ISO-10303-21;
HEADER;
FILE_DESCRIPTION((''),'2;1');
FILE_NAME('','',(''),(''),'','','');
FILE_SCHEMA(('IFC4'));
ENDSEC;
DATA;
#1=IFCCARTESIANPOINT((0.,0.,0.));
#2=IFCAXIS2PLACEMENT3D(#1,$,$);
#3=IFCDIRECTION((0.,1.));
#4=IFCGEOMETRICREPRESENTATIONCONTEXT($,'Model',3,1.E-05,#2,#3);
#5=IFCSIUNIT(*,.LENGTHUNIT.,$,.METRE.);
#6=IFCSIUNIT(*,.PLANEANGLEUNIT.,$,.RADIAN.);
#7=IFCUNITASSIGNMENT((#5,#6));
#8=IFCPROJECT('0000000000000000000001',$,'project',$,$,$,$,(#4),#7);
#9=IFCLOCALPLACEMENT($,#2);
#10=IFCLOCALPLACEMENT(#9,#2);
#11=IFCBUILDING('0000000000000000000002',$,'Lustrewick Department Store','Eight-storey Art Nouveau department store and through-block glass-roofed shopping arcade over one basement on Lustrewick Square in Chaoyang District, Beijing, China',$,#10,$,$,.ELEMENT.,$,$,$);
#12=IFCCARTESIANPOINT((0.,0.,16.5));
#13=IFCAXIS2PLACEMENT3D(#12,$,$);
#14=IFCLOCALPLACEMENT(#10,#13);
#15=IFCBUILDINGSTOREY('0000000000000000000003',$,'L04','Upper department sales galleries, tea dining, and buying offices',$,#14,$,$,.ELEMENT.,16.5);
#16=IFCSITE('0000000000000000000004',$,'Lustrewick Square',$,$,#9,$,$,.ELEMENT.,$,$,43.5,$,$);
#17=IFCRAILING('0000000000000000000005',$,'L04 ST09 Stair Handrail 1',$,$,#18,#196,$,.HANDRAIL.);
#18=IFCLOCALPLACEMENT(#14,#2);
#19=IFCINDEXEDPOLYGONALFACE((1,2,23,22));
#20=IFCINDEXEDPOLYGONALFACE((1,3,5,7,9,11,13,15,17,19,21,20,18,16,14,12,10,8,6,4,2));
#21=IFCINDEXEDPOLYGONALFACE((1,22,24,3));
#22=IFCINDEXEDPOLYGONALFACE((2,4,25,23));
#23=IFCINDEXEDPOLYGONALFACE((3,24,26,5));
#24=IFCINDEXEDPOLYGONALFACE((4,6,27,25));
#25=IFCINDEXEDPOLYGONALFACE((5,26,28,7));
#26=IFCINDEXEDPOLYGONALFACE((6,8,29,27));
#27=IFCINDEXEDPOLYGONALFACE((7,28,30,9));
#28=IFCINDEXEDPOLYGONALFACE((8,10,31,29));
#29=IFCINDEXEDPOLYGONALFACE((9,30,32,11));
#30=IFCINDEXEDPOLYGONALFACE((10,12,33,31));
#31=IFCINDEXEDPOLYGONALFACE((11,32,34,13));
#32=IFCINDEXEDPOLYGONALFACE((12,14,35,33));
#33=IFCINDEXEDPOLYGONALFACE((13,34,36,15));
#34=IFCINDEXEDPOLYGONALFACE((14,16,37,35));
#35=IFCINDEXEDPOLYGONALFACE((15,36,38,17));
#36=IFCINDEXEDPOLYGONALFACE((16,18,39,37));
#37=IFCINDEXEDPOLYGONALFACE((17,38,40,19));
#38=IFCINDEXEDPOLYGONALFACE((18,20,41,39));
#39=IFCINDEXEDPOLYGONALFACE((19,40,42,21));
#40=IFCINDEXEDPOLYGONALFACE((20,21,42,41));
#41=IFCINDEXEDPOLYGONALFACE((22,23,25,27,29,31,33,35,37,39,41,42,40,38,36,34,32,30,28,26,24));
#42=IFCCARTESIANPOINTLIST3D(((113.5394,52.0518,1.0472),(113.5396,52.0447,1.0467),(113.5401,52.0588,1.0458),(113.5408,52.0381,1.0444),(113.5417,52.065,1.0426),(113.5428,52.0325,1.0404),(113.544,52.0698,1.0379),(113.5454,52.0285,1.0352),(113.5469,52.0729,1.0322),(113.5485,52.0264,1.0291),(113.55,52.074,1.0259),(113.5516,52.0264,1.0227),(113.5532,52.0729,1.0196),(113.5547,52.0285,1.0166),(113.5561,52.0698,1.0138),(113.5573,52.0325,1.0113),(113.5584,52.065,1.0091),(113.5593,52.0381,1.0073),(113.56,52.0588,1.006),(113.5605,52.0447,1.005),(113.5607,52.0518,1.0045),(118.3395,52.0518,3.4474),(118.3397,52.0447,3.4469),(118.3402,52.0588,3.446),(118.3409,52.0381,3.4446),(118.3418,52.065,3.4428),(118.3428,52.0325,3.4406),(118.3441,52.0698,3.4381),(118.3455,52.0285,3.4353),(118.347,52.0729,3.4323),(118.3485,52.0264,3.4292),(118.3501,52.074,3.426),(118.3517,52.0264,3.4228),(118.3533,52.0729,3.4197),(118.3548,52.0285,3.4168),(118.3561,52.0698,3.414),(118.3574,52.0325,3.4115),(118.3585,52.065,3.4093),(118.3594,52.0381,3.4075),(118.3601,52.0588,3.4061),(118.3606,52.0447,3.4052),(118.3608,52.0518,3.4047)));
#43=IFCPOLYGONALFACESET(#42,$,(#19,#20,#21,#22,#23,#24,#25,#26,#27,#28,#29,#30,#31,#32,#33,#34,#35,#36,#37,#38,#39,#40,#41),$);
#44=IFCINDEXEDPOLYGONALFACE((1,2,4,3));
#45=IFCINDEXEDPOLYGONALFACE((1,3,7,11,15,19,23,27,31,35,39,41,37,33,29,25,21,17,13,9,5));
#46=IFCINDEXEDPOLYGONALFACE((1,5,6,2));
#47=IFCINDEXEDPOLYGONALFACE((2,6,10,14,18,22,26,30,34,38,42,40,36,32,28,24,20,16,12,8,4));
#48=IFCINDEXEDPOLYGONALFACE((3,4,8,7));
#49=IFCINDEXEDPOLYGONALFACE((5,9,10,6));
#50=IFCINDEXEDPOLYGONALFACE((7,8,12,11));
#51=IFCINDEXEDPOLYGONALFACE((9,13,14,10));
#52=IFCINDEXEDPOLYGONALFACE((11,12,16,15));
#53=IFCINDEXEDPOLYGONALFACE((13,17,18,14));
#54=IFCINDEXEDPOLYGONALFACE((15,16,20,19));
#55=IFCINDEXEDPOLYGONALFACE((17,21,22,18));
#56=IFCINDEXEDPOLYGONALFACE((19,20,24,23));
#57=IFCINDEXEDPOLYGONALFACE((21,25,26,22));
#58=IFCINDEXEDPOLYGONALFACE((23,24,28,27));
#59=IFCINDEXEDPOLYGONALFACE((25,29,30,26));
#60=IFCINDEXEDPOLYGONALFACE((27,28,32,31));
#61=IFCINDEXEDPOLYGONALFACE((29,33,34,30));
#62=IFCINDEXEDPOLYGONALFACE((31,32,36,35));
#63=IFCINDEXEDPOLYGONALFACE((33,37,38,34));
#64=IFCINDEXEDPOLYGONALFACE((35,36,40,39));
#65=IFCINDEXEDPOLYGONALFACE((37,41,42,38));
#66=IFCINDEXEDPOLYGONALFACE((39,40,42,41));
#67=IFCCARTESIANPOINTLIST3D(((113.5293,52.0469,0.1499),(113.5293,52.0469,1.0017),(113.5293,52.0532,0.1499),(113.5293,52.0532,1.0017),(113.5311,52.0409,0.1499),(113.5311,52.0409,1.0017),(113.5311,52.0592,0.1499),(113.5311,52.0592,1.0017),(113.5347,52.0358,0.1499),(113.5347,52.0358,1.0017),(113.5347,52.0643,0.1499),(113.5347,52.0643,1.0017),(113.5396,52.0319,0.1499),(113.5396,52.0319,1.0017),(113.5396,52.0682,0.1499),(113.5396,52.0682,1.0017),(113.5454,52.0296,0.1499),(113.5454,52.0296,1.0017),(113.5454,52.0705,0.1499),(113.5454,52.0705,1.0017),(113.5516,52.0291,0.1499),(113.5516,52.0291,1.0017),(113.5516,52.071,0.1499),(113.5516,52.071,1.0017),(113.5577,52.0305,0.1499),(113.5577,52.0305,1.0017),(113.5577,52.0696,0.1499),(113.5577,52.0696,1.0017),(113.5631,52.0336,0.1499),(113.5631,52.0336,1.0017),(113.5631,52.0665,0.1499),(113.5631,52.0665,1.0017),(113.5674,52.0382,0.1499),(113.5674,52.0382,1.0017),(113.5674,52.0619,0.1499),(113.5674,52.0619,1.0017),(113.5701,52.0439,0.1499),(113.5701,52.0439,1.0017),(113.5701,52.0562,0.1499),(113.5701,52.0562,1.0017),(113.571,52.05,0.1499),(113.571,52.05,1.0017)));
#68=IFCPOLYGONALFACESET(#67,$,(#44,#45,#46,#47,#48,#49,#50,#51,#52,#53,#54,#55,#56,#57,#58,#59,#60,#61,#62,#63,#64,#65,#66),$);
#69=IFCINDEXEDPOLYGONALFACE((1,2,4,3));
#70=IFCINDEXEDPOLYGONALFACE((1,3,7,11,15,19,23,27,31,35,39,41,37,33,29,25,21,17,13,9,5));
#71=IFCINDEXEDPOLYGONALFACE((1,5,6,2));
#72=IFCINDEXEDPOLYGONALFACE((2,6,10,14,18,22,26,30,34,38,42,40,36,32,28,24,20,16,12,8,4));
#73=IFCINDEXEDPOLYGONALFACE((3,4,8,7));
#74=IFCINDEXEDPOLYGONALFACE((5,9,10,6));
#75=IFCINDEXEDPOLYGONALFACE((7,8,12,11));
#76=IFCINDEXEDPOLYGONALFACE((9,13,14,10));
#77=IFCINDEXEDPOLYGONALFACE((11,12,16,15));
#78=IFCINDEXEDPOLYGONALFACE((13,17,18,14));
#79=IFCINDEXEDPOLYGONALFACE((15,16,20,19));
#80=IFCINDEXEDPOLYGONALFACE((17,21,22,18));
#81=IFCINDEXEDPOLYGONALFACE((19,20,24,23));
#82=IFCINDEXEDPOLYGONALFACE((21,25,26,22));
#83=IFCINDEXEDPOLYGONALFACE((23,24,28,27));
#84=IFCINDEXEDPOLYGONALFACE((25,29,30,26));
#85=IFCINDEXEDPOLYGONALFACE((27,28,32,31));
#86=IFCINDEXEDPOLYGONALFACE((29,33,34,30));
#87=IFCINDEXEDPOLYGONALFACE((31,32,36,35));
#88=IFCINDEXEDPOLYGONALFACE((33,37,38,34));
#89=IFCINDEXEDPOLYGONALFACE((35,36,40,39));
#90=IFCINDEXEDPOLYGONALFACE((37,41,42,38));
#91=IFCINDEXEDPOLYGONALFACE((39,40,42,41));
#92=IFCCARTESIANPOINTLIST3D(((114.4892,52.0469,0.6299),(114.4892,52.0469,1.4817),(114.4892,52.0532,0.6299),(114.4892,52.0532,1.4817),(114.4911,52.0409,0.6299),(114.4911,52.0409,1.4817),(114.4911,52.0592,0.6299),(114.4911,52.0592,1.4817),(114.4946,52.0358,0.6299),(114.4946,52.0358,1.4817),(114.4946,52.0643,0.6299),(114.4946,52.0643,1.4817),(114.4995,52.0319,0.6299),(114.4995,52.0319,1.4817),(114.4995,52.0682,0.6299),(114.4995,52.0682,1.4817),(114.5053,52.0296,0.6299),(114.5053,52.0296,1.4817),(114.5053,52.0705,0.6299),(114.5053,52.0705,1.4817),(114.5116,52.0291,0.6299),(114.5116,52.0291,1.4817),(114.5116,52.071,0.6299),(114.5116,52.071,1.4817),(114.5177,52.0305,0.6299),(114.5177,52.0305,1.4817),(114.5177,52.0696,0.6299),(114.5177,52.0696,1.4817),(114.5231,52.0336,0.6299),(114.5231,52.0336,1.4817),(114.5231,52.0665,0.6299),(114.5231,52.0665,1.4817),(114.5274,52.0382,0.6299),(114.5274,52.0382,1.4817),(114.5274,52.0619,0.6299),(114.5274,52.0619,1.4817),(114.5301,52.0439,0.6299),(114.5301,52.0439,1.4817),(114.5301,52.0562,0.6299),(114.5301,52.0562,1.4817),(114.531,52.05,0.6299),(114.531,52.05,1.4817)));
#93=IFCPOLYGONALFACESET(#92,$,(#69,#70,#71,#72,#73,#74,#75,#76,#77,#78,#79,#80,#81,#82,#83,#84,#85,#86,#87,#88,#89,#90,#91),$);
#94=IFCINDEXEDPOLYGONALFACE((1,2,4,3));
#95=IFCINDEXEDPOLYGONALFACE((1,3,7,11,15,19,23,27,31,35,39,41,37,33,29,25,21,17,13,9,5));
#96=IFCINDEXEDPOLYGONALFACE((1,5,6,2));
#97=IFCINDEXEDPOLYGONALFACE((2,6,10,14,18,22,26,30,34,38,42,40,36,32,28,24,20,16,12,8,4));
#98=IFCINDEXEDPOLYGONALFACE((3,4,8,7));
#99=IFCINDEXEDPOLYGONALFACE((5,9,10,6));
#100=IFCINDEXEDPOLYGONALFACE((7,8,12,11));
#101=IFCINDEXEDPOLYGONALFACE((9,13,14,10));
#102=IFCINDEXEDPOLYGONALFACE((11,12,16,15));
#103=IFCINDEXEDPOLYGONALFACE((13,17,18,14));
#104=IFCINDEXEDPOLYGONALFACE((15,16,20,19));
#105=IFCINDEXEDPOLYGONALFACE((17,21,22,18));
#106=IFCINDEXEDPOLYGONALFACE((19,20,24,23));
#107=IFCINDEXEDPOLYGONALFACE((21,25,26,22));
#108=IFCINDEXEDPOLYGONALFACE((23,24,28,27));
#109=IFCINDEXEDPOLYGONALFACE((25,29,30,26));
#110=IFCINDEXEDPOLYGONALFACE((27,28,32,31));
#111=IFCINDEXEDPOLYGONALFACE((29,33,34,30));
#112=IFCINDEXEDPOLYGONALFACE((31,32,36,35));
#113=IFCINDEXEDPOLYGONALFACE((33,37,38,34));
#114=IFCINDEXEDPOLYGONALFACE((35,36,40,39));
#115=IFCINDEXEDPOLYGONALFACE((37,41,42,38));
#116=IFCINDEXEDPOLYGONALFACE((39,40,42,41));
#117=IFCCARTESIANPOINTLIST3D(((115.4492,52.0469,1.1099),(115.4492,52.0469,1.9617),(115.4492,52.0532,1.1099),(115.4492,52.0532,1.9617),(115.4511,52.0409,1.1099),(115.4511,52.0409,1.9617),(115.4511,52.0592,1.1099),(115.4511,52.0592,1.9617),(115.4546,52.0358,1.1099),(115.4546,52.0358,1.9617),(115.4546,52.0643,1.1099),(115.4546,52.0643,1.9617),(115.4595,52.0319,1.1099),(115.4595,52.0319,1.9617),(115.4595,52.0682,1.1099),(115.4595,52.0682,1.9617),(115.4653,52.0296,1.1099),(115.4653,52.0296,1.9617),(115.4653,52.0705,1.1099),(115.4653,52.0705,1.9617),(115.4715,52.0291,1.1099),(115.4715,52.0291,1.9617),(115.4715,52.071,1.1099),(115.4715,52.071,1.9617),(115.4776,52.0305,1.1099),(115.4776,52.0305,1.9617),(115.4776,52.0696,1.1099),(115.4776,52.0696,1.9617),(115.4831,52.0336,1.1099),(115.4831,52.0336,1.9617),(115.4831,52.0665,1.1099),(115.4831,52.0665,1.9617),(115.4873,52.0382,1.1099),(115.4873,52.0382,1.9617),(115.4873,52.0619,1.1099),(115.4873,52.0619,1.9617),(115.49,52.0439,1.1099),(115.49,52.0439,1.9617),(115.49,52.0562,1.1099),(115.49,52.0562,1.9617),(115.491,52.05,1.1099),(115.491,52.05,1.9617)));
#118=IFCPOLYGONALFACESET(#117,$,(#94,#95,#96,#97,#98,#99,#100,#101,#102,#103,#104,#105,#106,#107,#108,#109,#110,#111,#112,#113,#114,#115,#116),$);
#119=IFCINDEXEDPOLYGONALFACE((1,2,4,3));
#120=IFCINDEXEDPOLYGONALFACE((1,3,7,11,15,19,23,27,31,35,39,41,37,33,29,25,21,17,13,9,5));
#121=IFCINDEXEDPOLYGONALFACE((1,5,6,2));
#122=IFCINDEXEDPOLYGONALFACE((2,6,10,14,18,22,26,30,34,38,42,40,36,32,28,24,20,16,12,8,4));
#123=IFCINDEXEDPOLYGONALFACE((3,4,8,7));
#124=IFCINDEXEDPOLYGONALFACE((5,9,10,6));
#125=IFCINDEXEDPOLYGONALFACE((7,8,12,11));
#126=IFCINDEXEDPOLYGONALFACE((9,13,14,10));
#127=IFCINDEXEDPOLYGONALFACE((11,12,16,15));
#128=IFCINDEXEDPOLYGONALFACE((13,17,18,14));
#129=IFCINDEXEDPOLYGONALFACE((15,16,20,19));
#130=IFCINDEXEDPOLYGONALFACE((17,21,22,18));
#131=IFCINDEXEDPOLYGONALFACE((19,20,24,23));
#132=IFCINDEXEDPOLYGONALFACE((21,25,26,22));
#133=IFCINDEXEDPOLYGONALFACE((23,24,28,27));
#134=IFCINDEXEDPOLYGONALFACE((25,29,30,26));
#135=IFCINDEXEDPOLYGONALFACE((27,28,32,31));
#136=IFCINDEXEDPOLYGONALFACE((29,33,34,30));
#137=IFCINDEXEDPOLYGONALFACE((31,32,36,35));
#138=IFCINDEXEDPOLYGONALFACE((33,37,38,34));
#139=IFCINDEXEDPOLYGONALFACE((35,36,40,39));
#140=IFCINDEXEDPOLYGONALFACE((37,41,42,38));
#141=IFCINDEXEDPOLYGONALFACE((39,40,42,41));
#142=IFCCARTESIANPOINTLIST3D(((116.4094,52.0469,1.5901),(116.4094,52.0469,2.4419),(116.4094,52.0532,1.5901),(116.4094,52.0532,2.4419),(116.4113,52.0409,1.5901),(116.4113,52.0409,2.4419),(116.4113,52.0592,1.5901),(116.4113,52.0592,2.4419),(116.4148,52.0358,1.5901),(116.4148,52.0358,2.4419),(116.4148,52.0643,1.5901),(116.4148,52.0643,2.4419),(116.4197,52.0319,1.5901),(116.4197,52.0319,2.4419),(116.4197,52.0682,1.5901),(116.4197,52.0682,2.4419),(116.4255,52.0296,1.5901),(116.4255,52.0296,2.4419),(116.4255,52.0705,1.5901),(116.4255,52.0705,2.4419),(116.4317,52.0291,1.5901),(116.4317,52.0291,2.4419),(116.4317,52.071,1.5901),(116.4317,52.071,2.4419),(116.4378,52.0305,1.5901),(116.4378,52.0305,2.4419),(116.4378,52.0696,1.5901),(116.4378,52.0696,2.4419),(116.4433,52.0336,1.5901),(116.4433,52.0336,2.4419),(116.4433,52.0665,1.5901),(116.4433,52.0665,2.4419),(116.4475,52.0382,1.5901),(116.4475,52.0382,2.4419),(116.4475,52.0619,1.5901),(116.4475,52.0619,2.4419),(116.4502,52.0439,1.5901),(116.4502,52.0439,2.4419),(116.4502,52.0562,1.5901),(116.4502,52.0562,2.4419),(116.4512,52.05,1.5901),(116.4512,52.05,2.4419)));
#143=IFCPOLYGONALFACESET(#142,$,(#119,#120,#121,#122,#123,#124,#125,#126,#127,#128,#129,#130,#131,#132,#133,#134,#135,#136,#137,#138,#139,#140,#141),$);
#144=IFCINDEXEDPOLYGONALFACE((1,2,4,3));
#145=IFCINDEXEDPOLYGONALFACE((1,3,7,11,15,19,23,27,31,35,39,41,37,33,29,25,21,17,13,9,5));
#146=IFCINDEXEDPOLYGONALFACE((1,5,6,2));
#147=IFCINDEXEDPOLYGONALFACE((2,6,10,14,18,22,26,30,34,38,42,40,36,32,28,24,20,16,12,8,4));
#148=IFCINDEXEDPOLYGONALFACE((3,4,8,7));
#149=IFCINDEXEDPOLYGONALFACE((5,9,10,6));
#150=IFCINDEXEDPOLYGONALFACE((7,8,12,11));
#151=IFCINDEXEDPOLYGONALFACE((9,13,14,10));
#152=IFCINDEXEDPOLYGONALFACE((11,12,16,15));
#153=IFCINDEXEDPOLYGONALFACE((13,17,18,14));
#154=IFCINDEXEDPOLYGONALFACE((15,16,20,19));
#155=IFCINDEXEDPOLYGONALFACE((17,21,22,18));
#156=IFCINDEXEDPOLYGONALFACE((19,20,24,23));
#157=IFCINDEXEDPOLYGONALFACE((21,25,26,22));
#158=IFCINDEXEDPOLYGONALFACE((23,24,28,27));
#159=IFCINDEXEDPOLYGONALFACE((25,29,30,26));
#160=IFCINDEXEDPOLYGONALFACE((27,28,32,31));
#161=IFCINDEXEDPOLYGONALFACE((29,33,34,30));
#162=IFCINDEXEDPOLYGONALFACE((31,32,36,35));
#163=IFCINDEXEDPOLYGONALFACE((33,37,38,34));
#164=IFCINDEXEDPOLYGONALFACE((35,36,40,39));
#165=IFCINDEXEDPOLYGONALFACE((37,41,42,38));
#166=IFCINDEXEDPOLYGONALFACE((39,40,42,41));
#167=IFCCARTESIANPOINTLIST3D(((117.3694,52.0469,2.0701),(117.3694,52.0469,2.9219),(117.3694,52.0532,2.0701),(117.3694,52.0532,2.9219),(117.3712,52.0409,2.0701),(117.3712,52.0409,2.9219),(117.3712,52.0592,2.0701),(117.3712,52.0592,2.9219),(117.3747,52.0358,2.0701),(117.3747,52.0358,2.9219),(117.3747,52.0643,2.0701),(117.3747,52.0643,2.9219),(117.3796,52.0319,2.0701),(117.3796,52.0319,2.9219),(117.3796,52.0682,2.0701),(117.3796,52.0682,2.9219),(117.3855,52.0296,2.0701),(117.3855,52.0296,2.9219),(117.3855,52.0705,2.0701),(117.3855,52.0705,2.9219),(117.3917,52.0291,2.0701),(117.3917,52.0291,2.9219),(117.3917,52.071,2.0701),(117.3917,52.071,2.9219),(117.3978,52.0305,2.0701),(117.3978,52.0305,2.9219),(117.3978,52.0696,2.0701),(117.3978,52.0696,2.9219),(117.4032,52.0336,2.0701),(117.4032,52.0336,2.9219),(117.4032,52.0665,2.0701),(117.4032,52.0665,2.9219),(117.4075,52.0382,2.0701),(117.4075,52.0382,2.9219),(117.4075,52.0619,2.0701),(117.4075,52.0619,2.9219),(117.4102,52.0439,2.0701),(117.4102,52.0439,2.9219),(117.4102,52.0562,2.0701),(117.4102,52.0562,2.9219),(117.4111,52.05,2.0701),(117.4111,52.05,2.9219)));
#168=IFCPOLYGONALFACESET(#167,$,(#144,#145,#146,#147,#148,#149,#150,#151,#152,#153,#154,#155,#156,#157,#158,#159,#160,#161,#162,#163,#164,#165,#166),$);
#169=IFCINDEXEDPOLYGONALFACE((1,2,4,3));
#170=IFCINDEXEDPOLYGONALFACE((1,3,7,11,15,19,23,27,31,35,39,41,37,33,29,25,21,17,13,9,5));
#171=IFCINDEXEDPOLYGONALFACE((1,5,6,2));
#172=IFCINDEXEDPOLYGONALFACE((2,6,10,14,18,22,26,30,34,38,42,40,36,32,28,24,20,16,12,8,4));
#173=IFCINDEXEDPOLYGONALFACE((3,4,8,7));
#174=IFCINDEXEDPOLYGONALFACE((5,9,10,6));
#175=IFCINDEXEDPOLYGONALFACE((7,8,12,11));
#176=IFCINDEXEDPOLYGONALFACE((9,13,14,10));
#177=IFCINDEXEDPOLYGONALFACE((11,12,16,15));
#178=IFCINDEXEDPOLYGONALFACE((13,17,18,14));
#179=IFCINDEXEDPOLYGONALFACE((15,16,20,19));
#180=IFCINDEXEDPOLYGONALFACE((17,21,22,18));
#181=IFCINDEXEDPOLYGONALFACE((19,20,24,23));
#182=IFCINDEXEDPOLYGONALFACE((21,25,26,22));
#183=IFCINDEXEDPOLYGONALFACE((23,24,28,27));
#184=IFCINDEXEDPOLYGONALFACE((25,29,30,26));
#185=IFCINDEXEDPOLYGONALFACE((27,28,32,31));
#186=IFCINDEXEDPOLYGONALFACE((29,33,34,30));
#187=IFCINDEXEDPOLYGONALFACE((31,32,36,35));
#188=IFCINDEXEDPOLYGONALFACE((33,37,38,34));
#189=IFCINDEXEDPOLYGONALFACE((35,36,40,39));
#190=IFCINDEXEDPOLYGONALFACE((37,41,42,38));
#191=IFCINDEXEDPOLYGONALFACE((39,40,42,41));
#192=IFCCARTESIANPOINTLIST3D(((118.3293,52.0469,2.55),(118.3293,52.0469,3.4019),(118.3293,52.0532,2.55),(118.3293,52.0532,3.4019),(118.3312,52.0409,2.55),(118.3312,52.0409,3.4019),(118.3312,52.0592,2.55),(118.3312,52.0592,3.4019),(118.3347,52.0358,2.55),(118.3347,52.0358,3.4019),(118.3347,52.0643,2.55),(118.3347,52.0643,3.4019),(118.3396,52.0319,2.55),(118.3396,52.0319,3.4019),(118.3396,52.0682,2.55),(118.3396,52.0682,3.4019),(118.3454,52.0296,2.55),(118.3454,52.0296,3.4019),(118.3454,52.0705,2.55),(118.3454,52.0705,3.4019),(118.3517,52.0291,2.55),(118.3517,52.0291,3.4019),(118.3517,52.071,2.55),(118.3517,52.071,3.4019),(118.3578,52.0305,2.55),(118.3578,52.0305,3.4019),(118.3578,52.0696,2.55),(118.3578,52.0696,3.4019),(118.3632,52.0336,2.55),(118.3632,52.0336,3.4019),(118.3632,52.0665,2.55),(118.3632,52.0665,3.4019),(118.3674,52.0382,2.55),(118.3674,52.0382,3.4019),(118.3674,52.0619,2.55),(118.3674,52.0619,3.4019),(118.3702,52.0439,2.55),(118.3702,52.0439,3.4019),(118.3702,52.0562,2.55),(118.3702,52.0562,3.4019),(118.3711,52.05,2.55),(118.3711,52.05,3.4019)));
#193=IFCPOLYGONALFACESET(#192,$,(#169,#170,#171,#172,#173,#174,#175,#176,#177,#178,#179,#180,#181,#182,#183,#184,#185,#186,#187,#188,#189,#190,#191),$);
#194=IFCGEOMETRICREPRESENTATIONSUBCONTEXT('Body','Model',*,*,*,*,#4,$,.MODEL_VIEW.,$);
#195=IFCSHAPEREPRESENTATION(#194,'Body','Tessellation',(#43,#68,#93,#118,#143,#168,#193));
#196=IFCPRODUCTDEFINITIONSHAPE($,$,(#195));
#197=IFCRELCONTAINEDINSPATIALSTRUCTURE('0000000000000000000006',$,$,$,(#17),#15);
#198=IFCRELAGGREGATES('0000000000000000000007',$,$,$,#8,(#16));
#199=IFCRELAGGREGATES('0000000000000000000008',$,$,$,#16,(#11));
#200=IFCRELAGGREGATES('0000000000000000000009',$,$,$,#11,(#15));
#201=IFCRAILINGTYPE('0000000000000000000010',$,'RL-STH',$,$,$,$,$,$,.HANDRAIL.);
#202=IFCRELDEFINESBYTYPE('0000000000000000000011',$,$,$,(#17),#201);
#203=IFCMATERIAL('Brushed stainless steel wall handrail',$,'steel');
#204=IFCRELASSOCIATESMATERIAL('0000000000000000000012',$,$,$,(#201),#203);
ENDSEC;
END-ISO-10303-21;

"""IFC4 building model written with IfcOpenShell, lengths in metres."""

from ifc_helpers import new_model, si_unit, direction, frame, origin, origin_2d, place, context, subcontext, project, spatial, circle, extrude, material, type_object, element, save


model = new_model("IFC4")

# Units and contexts
model_context = context("Model", 3, precision=1e-05, world=origin(), true_north=direction((0.0, 1.0)))
body_context = subcontext(model_context, "Body", "Model", "MODEL_VIEW")
ifc_project = project(units=[si_unit("LENGTHUNIT", "METRE"), si_unit("PLANEANGLEUNIT", "RADIAN")], contexts=[model_context])

# Site, building, storey
site_placement = place(None, origin())
site = spatial("IfcSite", under=ifc_project, at=site_placement, Name="Lustrewick Square", CompositionType="ELEMENT", RefElevation=43.5)
building_placement = place(site_placement, origin())
building = spatial("IfcBuilding", under=site, at=building_placement, Name="Lustrewick Department Store", Description="Eight-storey Art Nouveau department store and through-block glass-roofed shopping arcade over one basement on Lustrewick Square in Chaoyang District, Beijing, China", CompositionType="ELEMENT")
storey_placement = place(building_placement, frame((0.0, 0.0, 16.5)))
storey = spatial("IfcBuildingStorey", under=building, at=storey_placement, Name="L04", Description="Upper department sales galleries, tea dining, and buying offices", CompositionType="ELEMENT", Elevation=16.5)

# Railing
ifc_material_1 = material(Name="Brushed stainless steel wall handrail", Category="steel")
railing_type_1 = type_object("IfcRailingType", Name="RL-STH", PredefinedType="HANDRAIL", material=ifc_material_1)
railing_1_placement = place(storey_placement, frame((113.55, 52.05, 0.1499)))
element("IfcRailing", 1, at=railing_1_placement, inside=storey, type_object=railing_type_1, Name="L04 ST09 Stair Handrail 1", PredefinedType="HANDRAIL", context=body_context, shape_type="SweptSolid", body=[
    extrude(circle(Radius=0.0239, at=origin_2d()), frame((0.0, 0.0, 0.876), z_axis=(0.894418, 0.0, 0.447232), x_axis=(0.0, 1.0, 0.0)), (0.0, 0.0, 1.0), 5.3667),
    extrude(circle(Radius=0.021, at=origin_2d()), origin(), (0.0, 0.0, 1.0), 0.8518),
    extrude(circle(Radius=0.021, at=origin_2d()), frame((0.96, 0.0, 0.48)), (0.0, 0.0, 1.0), 0.8518),
    extrude(circle(Radius=0.021, at=origin_2d()), frame((1.9199, 0.0, 0.96)), (0.0, 0.0, 1.0), 0.8518),
    extrude(circle(Radius=0.021, at=origin_2d()), frame((2.8801, 0.0, 1.4402)), (0.0, 0.0, 1.0), 0.8518),
    extrude(circle(Radius=0.021, at=origin_2d()), frame((3.8401, 0.0, 1.9202)), (0.0, 0.0, 1.0), 0.8518),
    extrude(circle(Radius=0.021, at=origin_2d()), frame((4.8, 0.0, 2.4001)), (0.0, 0.0, 1.0), 0.8518),
])

save(model, "model.ifc")
